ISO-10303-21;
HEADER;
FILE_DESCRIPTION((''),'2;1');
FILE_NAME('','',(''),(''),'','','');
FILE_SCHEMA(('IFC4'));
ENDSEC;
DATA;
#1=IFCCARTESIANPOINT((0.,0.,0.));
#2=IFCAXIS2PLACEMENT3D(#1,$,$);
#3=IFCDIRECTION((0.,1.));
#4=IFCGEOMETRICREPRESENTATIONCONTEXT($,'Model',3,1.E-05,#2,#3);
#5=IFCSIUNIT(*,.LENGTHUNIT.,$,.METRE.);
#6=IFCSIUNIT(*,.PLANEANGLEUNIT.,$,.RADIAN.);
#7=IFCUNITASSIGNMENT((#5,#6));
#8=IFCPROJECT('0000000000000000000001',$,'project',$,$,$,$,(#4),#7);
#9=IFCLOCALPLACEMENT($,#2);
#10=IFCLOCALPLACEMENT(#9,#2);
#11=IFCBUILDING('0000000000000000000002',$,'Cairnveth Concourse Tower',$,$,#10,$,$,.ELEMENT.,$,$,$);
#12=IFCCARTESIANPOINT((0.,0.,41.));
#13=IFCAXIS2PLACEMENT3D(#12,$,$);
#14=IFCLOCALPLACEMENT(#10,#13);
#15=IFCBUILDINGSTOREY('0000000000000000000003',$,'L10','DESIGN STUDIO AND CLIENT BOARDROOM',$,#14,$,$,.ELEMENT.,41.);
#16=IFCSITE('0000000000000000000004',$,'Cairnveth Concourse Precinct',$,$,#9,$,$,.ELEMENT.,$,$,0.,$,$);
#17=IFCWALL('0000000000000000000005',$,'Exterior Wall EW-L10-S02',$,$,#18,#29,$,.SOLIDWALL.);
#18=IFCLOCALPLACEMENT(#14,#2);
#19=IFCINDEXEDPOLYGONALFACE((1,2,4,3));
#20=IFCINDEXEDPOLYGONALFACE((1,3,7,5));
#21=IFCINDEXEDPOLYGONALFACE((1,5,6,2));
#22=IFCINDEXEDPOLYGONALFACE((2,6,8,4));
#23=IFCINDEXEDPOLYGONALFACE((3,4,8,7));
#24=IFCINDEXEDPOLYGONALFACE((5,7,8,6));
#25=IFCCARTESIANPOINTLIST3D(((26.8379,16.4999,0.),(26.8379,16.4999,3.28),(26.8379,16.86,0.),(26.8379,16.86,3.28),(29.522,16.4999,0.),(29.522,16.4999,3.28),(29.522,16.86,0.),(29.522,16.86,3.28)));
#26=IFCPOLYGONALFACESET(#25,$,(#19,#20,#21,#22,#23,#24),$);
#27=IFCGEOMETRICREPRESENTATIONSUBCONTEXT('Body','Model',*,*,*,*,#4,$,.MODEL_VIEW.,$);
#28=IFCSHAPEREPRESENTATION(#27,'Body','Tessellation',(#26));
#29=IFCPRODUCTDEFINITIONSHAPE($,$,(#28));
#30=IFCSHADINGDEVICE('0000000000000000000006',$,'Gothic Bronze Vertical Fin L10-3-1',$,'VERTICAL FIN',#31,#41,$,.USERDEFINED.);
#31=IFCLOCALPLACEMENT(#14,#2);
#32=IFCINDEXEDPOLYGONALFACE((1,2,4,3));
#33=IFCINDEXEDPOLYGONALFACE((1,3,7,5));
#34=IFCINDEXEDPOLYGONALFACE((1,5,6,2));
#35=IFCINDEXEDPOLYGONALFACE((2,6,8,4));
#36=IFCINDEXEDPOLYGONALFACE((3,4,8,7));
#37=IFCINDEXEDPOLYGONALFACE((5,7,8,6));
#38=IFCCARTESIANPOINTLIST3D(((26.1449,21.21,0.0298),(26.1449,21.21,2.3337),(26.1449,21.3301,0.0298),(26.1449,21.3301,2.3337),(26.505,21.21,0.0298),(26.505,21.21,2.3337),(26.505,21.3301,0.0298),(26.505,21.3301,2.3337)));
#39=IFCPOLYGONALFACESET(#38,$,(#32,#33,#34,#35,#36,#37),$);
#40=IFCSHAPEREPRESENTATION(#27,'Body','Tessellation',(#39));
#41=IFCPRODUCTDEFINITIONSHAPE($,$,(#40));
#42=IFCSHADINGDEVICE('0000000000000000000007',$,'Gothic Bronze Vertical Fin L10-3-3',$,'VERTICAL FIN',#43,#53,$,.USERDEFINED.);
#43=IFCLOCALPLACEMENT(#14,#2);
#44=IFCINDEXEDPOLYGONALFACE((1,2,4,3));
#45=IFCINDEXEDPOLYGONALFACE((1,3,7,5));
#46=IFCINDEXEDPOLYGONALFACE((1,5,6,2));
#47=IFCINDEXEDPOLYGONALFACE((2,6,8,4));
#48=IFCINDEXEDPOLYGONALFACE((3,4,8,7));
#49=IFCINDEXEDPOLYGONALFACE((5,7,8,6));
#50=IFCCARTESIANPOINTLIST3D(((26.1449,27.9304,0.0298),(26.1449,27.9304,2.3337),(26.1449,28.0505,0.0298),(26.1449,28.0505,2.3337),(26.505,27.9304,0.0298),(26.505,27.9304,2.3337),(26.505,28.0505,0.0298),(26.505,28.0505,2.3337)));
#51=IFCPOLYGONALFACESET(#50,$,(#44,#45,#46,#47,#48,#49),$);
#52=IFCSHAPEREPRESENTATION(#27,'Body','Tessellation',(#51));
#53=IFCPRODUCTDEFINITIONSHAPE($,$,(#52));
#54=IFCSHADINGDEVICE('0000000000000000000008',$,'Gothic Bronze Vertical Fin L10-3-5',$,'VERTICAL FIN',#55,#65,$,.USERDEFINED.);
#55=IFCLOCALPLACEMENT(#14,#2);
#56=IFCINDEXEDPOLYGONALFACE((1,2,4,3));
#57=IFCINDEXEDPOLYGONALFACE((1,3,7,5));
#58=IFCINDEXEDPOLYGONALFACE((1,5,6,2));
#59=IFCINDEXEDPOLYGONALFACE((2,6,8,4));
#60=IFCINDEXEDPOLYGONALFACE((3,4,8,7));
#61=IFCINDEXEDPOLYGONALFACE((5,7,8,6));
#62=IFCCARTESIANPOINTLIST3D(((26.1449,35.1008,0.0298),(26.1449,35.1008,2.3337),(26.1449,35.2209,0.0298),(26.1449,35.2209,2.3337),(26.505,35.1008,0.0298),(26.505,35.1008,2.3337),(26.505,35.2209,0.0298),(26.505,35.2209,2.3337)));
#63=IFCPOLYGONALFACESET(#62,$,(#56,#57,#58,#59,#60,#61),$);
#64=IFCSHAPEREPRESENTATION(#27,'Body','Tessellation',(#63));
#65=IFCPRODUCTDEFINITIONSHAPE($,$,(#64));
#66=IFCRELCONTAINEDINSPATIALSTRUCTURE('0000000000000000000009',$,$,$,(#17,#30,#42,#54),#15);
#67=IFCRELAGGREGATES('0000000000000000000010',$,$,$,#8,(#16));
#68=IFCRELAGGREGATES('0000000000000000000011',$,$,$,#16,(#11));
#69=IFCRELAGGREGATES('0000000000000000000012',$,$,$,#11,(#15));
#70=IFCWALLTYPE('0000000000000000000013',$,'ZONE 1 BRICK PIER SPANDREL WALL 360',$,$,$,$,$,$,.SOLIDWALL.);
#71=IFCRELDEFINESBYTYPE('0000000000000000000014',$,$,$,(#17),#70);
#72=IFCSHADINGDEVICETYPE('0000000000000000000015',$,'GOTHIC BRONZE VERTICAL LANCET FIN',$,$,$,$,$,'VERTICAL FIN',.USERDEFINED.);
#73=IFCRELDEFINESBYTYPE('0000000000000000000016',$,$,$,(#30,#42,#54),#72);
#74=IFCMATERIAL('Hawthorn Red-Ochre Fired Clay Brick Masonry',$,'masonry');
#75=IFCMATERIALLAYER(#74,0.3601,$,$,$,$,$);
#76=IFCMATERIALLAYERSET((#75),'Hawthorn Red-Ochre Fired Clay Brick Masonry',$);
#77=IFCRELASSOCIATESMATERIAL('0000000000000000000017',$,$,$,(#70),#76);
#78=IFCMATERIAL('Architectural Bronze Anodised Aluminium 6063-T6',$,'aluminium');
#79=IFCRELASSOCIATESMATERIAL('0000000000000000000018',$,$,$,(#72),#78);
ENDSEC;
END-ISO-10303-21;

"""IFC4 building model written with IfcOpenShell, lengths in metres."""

from ifc_helpers import new_model, si_unit, direction, frame, frame_2d, origin, origin_2d, place, context, subcontext, project, spatial, rectangle, extrude, material, layer, layer_set, type_object, element, save


model = new_model("IFC4")

# Units and contexts
model_context = context("Model", 3, precision=1e-05, world=origin(), true_north=direction((0.0, 1.0)))
body_context = subcontext(model_context, "Body", "Model", "MODEL_VIEW")
ifc_project = project(units=[si_unit("LENGTHUNIT", "METRE"), si_unit("PLANEANGLEUNIT", "RADIAN")], contexts=[model_context])

# Site, building, storey
site_placement = place(None, origin())
site = spatial("IfcSite", under=ifc_project, at=site_placement, Name="Cairnveth Concourse Precinct", CompositionType="ELEMENT", RefElevation=0.0)
building_placement = place(site_placement, origin())
building = spatial("IfcBuilding", under=site, at=building_placement, Name="Cairnveth Concourse Tower", CompositionType="ELEMENT")
storey_placement = place(building_placement, frame((0.0, 0.0, 41.0)))
storey = spatial("IfcBuildingStorey", under=building, at=storey_placement, Name="L10", Description="DESIGN STUDIO AND CLIENT BOARDROOM", CompositionType="ELEMENT", Elevation=41.0)

# Wall
ifc_material_1 = material(Name="Hawthorn Red-Ochre Fired Clay Brick Masonry", Category="masonry")
ifc_layer_1 = layer(ifc_material_1, 0.3601)
ifc_layer_set_1 = layer_set([ifc_layer_1], Name="Hawthorn Red-Ochre Fired Clay Brick Masonry")
wall_type = type_object("IfcWallType", Name="ZONE 1 BRICK PIER SPANDREL WALL 360", PredefinedType="SOLIDWALL", material=ifc_layer_set_1)
wall_placement = place(storey_placement, frame((29.522, 16.6799, 0.0), z_axis=(0.0, 0.0, 1.0), x_axis=(-1.0, 0.0, 0.0)))
element("IfcWall", 1, at=wall_placement, inside=storey, type_object=wall_type, Name="Exterior Wall EW-L10-S02", PredefinedType="SOLIDWALL", context=body_context, shape_type="SweptSolid", body=[
    extrude(rectangle(XDim=2.6841, YDim=0.3601, at=frame_2d((1.342, 0.0))), origin(), (0.0, 0.0, 1.0), 3.28),
])

# Shading devices
ifc_material_2 = material(Name="Architectural Bronze Anodised Aluminium 6063-T6", Category="aluminium")
shading_device_type = type_object("IfcShadingDeviceType", Name="GOTHIC BRONZE VERTICAL LANCET FIN", ElementType="VERTICAL FIN", PredefinedType="USERDEFINED", material=ifc_material_2)
for number, where, z_axis, x_axis, name in (
    (2, (26.325, 21.27, 0.0298), (0.0, 0.0, 1.0), (0.0, 1.0, 0.0), "Gothic Bronze Vertical Fin L10-3-1"),
    (3, (26.325, 27.9905, 0.0298), (0.0, 0.0, 1.0), (0.0, 1.0, 0.0), "Gothic Bronze Vertical Fin L10-3-3"),
    (4, (26.325, 35.1609, 0.0298), (0.0, 0.0, 1.0), (0.0, 1.0, 0.0), "Gothic Bronze Vertical Fin L10-3-5"),
):
    element("IfcShadingDevice", number, at=place(storey_placement, frame(where, z_axis=z_axis, x_axis=x_axis)), inside=storey, type_object=shading_device_type, Name=name, ObjectType="VERTICAL FIN", PredefinedType="USERDEFINED", context=body_context, shape_type="SweptSolid", body=[
        extrude(rectangle(XDim=0.1201, YDim=0.3601, at=origin_2d()), origin(), (0.0, 0.0, 1.0), 2.304),
    ])

save(model, "model.ifc")
